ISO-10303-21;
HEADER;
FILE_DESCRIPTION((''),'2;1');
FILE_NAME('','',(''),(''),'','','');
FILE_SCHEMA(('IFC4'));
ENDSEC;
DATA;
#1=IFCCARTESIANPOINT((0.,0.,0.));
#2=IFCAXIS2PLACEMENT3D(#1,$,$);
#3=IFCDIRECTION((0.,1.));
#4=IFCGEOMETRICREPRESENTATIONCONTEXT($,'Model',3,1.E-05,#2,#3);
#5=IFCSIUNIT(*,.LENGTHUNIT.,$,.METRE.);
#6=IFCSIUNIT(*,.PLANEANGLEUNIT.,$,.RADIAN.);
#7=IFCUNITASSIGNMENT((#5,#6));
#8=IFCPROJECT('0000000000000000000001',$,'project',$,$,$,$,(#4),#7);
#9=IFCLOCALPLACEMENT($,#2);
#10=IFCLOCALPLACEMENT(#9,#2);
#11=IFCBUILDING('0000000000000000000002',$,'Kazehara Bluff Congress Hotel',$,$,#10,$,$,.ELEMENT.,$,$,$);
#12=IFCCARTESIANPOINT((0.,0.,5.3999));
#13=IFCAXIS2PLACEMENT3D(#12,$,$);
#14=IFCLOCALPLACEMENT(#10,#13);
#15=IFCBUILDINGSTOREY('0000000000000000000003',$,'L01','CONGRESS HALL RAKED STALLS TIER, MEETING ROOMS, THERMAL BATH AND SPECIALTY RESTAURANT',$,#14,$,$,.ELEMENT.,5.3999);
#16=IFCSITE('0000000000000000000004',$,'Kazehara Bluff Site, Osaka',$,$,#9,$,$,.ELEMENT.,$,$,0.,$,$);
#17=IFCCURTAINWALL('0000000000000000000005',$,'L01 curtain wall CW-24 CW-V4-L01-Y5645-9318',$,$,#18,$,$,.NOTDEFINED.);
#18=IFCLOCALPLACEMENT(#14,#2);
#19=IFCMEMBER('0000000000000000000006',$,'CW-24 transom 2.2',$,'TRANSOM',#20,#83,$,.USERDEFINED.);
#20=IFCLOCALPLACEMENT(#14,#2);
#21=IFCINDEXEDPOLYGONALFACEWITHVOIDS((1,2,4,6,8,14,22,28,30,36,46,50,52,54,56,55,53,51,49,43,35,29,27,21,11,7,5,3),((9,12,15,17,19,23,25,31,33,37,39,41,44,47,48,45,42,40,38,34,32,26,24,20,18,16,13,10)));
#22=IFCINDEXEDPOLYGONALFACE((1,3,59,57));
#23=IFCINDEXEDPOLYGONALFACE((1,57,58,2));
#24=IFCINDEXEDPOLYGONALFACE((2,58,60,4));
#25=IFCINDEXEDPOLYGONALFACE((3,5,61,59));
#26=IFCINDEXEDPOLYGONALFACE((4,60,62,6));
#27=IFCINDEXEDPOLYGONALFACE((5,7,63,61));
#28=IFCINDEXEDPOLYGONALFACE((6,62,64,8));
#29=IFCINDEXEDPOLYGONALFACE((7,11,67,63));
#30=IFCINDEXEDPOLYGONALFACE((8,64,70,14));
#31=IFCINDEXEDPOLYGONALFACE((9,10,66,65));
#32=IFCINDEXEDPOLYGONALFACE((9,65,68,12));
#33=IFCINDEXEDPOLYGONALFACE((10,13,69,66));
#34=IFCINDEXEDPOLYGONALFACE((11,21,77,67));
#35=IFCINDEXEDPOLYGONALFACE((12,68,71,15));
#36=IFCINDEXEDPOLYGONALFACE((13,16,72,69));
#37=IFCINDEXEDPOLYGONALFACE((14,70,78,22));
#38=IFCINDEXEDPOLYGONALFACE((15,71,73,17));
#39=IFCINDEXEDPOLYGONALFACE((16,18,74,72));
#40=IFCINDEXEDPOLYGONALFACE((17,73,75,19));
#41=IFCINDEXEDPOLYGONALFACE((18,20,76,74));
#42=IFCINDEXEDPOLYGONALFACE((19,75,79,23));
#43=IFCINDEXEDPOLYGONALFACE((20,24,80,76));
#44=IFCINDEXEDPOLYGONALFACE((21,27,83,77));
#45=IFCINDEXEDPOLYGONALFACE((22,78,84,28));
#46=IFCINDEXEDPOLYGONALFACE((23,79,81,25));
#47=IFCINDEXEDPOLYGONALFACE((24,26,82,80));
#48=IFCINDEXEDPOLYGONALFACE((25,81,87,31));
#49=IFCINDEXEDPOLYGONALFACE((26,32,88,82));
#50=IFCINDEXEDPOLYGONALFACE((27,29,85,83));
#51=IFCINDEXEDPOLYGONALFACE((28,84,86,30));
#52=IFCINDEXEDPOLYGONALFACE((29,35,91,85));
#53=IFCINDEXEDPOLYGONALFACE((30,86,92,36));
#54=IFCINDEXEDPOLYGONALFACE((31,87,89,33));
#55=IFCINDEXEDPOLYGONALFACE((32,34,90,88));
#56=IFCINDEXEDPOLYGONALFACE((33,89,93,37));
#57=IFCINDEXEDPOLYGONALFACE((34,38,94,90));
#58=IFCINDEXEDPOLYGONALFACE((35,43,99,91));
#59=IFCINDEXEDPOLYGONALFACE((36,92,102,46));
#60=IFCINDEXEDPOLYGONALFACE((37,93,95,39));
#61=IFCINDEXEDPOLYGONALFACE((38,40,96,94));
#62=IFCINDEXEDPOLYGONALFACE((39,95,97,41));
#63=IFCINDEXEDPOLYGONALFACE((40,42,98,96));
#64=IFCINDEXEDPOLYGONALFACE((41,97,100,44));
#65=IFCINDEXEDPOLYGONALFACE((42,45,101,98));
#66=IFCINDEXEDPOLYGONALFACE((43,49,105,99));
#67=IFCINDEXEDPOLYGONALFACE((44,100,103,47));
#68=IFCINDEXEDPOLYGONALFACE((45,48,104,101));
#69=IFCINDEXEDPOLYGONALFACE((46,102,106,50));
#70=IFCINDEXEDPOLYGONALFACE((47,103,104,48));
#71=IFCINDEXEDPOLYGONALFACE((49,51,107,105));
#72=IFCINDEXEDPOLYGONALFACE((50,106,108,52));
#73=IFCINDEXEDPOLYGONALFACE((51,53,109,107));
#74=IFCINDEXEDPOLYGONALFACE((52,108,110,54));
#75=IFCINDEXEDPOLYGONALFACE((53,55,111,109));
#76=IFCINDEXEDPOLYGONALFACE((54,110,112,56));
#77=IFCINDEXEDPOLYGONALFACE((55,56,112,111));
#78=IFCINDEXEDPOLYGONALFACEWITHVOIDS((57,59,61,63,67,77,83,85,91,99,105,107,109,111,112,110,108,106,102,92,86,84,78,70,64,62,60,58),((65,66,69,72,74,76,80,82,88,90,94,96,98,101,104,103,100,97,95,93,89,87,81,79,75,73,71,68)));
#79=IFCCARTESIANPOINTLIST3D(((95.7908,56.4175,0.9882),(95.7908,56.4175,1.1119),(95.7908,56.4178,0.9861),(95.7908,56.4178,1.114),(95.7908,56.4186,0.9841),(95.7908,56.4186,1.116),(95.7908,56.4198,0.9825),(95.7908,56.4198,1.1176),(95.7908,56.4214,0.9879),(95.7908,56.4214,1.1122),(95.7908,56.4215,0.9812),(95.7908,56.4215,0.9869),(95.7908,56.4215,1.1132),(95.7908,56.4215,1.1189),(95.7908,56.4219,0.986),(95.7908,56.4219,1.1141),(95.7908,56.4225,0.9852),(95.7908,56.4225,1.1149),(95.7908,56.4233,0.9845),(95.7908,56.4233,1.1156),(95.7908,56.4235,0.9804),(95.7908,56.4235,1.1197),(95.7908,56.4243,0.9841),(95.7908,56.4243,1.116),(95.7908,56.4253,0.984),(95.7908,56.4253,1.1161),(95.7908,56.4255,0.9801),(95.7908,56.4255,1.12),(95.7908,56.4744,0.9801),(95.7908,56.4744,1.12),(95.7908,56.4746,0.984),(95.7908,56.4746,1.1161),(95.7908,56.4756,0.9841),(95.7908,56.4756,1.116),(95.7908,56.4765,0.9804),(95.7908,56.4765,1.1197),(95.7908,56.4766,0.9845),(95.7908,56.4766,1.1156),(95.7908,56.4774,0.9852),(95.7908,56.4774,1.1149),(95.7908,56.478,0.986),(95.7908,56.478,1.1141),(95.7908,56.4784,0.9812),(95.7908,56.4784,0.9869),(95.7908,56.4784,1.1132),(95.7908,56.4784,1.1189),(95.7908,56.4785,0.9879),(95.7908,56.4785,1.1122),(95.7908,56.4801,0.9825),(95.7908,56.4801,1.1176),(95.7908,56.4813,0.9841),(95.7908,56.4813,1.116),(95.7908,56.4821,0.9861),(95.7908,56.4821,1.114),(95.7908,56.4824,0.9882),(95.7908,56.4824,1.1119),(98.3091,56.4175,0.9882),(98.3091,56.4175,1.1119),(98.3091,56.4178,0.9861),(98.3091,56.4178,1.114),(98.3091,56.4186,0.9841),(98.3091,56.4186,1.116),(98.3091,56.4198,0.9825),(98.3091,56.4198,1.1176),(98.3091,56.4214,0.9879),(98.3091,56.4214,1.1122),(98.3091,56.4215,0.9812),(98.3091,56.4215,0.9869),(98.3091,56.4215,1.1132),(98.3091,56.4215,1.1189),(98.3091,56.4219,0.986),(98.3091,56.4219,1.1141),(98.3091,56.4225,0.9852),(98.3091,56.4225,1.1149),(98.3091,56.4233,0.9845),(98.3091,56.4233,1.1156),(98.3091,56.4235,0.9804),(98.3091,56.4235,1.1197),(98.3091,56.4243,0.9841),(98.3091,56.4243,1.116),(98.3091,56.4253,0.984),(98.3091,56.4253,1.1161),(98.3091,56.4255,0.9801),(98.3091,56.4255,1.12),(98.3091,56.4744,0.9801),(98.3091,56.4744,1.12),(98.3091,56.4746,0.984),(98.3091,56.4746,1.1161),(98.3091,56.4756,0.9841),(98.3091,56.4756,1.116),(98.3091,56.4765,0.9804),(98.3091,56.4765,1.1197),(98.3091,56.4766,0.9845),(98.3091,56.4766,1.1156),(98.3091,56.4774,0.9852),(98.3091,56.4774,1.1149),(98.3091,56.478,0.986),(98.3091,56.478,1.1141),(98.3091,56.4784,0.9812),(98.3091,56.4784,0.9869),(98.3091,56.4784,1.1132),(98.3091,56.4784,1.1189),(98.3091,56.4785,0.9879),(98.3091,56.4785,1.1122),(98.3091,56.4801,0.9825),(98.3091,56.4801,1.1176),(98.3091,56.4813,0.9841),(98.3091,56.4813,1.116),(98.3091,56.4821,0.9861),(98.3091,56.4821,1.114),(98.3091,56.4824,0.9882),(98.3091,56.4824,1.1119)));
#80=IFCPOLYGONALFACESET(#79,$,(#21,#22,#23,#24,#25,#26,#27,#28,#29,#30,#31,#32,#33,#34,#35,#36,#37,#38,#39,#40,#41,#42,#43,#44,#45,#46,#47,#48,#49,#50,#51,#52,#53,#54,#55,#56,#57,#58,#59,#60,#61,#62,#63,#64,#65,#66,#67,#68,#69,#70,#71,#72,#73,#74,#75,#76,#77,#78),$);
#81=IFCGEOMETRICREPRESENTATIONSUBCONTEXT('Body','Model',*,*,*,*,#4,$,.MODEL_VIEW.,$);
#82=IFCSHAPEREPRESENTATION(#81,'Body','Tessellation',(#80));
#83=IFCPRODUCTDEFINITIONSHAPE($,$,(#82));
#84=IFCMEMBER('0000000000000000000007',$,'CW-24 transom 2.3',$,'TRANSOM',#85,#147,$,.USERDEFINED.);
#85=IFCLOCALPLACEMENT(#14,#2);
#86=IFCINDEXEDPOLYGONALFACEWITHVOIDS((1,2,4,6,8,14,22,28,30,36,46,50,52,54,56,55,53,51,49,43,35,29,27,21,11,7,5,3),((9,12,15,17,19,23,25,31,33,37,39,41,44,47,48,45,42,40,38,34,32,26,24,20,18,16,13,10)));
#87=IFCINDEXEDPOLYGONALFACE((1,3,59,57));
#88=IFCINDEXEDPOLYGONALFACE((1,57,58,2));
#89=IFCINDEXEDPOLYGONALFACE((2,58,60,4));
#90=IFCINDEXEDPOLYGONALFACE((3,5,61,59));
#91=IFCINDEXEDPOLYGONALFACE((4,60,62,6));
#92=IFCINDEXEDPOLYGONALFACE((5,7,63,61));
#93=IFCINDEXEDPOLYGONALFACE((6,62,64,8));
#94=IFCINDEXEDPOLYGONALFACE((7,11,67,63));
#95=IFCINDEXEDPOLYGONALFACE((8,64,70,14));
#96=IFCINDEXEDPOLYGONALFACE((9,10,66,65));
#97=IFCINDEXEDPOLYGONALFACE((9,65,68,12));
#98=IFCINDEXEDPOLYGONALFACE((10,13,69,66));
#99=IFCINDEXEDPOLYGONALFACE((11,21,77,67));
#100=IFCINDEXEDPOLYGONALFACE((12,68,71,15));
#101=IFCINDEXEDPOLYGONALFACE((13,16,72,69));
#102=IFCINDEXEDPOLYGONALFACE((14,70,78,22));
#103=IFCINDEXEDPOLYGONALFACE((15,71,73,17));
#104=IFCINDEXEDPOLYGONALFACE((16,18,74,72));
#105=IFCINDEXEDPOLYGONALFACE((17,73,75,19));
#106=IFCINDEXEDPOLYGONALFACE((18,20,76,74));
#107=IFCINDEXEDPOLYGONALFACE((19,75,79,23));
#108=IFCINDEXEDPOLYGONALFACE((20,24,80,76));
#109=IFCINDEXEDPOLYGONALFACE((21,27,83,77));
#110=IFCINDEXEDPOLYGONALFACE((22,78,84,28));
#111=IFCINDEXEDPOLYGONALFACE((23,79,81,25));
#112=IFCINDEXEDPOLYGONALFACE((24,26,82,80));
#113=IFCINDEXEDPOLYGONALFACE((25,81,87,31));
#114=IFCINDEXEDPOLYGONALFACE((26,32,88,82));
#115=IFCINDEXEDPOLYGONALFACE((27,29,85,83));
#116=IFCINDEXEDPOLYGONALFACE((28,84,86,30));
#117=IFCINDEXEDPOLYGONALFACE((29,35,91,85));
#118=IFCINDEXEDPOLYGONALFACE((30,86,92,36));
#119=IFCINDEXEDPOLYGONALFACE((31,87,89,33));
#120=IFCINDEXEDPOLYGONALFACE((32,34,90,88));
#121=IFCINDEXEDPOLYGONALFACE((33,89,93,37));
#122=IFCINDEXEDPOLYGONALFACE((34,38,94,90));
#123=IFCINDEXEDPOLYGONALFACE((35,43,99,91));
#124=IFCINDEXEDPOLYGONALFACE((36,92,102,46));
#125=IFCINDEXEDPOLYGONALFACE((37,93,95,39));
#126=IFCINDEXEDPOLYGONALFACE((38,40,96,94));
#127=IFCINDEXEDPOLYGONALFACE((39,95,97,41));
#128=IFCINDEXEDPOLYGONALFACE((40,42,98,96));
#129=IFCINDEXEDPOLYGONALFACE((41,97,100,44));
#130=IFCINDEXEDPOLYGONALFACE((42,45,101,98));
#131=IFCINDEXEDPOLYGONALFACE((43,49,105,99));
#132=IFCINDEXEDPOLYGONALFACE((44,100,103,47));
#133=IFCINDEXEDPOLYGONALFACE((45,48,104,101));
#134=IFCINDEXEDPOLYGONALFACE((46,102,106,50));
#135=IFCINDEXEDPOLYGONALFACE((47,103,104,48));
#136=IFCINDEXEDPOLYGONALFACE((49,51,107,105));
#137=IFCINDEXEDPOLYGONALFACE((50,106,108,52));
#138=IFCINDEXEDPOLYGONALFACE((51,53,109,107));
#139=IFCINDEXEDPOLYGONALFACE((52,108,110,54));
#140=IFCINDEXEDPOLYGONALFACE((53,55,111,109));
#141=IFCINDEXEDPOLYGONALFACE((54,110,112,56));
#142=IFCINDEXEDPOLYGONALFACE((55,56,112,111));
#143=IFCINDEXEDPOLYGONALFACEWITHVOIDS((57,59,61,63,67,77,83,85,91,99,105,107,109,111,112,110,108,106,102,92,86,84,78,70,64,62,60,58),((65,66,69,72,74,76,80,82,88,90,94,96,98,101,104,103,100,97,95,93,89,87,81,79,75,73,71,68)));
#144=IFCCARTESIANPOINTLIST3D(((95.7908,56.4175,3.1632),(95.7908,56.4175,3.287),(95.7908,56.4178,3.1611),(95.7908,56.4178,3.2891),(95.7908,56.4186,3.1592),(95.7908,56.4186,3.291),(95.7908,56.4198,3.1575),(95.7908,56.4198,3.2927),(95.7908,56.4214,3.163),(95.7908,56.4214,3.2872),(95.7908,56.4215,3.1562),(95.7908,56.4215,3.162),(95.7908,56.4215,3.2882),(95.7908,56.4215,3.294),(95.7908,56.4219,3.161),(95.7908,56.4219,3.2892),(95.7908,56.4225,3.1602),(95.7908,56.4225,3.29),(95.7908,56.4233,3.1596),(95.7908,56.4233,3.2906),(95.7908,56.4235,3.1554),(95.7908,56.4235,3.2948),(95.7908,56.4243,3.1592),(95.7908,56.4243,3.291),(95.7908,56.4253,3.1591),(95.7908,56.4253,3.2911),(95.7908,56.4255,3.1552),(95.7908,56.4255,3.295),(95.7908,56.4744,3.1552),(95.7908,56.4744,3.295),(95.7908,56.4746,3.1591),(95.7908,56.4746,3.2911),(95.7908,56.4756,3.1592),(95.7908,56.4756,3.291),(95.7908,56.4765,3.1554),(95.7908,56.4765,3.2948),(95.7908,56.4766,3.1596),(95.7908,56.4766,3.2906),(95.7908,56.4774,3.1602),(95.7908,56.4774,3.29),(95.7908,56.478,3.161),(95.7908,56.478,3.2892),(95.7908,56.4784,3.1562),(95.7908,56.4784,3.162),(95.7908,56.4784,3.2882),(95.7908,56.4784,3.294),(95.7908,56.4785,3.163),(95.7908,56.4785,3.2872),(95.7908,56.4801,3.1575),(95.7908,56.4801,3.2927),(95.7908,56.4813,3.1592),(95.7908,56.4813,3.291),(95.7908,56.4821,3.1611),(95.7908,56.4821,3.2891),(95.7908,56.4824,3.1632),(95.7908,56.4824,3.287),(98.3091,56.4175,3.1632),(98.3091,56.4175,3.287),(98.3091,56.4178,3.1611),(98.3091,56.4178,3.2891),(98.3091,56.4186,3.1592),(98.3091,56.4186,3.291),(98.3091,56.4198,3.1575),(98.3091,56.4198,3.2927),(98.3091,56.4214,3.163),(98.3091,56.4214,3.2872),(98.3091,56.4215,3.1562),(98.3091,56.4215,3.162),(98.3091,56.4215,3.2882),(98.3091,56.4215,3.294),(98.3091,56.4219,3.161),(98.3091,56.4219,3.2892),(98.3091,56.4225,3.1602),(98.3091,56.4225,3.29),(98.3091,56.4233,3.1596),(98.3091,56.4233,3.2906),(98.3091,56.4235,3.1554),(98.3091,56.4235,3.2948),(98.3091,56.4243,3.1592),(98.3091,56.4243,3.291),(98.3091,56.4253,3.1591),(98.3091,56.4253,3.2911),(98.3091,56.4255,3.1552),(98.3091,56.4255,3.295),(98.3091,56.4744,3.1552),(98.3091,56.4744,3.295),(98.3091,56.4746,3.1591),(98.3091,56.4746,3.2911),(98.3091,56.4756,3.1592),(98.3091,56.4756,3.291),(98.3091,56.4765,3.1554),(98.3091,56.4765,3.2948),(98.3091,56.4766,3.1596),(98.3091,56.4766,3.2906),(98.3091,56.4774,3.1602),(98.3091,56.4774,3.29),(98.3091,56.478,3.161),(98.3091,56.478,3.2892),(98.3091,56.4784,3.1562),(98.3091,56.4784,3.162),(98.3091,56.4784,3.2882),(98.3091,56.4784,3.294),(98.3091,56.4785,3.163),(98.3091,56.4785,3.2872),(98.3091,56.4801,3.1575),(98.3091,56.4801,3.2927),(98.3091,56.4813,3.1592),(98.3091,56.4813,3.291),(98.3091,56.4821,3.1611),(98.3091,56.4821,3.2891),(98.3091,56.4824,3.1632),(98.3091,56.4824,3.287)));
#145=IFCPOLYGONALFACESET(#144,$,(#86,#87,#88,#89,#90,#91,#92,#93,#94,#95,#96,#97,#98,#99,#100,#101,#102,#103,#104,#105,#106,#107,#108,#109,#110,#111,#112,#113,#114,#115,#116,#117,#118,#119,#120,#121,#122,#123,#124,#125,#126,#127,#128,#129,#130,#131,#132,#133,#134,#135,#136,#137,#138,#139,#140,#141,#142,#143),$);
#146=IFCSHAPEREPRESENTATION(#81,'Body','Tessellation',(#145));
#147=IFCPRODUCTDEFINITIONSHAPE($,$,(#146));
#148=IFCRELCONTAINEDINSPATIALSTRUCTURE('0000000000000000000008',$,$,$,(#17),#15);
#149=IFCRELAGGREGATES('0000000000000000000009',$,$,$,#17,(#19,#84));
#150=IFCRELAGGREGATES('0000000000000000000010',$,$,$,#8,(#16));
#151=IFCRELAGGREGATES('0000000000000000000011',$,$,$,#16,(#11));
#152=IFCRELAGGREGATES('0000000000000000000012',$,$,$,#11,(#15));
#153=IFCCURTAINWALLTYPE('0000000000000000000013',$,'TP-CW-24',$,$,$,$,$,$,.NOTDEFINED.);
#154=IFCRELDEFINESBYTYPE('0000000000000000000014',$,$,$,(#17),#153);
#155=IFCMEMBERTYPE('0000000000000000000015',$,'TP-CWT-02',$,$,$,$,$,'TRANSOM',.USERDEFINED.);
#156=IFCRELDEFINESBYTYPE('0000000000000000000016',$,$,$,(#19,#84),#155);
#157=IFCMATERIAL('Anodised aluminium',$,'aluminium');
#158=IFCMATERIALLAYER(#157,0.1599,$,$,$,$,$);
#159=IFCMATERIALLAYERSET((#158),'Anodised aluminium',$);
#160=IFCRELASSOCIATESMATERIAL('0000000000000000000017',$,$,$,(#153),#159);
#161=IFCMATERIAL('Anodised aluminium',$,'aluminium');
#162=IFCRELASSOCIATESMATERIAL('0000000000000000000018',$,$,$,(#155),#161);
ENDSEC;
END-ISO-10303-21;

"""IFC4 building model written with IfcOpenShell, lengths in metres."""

from ifc_helpers import new_model, si_unit, direction, frame, origin, origin_2d, place, context, subcontext, project, spatial, hollow_rectangle, extrude, material, layer, layer_set, material_profile, profile_set, type_object, element, aggregate, save


model = new_model("IFC4")

# Units and contexts
model_context = context("Model", 3, precision=1e-05, world=origin(), true_north=direction((0.0, 1.0)))
body_context = subcontext(model_context, "Body", "Model", "MODEL_VIEW")
ifc_project = project(units=[si_unit("LENGTHUNIT", "METRE"), si_unit("PLANEANGLEUNIT", "RADIAN")], contexts=[model_context])

# Site, building, storey
site_placement = place(None, origin())
site = spatial("IfcSite", under=ifc_project, at=site_placement, Name="Kazehara Bluff Site, Osaka", CompositionType="ELEMENT", RefElevation=0.0)
building_placement = place(site_placement, origin())
building = spatial("IfcBuilding", under=site, at=building_placement, Name="Kazehara Bluff Congress Hotel", CompositionType="ELEMENT")
storey_placement = place(building_placement, frame((0.0, 0.0, 5.3999)))
storey = spatial("IfcBuildingStorey", under=building, at=storey_placement, Name="L01", Description="CONGRESS HALL RAKED STALLS TIER, MEETING ROOMS, THERMAL BATH AND SPECIALTY RESTAURANT", CompositionType="ELEMENT", Elevation=5.3999)

# Curtain wall, members
ifc_material_1 = material(Name="Anodised aluminium", Category="aluminium")
ifc_layer_1 = layer(ifc_material_1, 0.1599)
ifc_layer_set_1 = layer_set([ifc_layer_1], Name="Anodised aluminium")
curtain_wall_type_1 = type_object("IfcCurtainWallType", Name="TP-CW-24", PredefinedType="NOTDEFINED", material=ifc_layer_set_1)
curtain_wall_1_placement = place(storey_placement, origin())
curtain_wall_1 = element("IfcCurtainWall", 1, at=curtain_wall_1_placement, inside=storey, type_object=curtain_wall_type_1, Name="L01 curtain wall CW-24 CW-V4-L01-Y5645-9318", PredefinedType="NOTDEFINED")
ifc_material_2 = material(Name="Anodised aluminium", Category="aluminium")
ifc_material_profile_1 = material_profile(ifc_material_2, hollow_rectangle(XDim=0.0649, YDim=0.1399, WallThickness=0.0039, InnerFilletRadius=0.0039, OuterFilletRadius=0.0081, at=origin_2d()))
ifc_profile_set_1 = profile_set([ifc_material_profile_1], Name="Anodised aluminium")
member_type_1 = type_object("IfcMemberType", Name="TP-CWT-02", ElementType="TRANSOM", PredefinedType="USERDEFINED", material=ifc_profile_set_1)
member_1_placement = place(storey_placement, frame((95.7908, 56.45, 1.05), z_axis=(1.0, 0.0, 0.0), x_axis=(0.0, 1.0, 0.0)))
member_1 = element("IfcMember", 2, at=member_1_placement, type_object=member_type_1, Name="CW-24 transom 2.2", ObjectType="TRANSOM", PredefinedType="USERDEFINED", context=body_context, shape_type="SweptSolid", body=[
    extrude(hollow_rectangle(XDim=0.0649, YDim=0.1399, WallThickness=0.0039, InnerFilletRadius=0.0039, OuterFilletRadius=0.0081, at=origin_2d()), origin(), (0.0, 0.0, 1.0), 2.5183),
])
member_2_placement = place(storey_placement, frame((95.7908, 56.45, 3.2251), z_axis=(1.0, 0.0, 0.0), x_axis=(0.0, 1.0, 0.0)))
member_2 = element("IfcMember", 3, at=member_2_placement, type_object=member_type_1, Name="CW-24 transom 2.3", ObjectType="TRANSOM", PredefinedType="USERDEFINED", context=body_context, shape_type="SweptSolid", body=[
    extrude(hollow_rectangle(XDim=0.0649, YDim=0.1399, WallThickness=0.0039, InnerFilletRadius=0.0039, OuterFilletRadius=0.0081, at=origin_2d()), origin(), (0.0, 0.0, 1.0), 2.5183),
])

aggregate(curtain_wall_1, [member_1, member_2])

save(model, "model.ifc")
